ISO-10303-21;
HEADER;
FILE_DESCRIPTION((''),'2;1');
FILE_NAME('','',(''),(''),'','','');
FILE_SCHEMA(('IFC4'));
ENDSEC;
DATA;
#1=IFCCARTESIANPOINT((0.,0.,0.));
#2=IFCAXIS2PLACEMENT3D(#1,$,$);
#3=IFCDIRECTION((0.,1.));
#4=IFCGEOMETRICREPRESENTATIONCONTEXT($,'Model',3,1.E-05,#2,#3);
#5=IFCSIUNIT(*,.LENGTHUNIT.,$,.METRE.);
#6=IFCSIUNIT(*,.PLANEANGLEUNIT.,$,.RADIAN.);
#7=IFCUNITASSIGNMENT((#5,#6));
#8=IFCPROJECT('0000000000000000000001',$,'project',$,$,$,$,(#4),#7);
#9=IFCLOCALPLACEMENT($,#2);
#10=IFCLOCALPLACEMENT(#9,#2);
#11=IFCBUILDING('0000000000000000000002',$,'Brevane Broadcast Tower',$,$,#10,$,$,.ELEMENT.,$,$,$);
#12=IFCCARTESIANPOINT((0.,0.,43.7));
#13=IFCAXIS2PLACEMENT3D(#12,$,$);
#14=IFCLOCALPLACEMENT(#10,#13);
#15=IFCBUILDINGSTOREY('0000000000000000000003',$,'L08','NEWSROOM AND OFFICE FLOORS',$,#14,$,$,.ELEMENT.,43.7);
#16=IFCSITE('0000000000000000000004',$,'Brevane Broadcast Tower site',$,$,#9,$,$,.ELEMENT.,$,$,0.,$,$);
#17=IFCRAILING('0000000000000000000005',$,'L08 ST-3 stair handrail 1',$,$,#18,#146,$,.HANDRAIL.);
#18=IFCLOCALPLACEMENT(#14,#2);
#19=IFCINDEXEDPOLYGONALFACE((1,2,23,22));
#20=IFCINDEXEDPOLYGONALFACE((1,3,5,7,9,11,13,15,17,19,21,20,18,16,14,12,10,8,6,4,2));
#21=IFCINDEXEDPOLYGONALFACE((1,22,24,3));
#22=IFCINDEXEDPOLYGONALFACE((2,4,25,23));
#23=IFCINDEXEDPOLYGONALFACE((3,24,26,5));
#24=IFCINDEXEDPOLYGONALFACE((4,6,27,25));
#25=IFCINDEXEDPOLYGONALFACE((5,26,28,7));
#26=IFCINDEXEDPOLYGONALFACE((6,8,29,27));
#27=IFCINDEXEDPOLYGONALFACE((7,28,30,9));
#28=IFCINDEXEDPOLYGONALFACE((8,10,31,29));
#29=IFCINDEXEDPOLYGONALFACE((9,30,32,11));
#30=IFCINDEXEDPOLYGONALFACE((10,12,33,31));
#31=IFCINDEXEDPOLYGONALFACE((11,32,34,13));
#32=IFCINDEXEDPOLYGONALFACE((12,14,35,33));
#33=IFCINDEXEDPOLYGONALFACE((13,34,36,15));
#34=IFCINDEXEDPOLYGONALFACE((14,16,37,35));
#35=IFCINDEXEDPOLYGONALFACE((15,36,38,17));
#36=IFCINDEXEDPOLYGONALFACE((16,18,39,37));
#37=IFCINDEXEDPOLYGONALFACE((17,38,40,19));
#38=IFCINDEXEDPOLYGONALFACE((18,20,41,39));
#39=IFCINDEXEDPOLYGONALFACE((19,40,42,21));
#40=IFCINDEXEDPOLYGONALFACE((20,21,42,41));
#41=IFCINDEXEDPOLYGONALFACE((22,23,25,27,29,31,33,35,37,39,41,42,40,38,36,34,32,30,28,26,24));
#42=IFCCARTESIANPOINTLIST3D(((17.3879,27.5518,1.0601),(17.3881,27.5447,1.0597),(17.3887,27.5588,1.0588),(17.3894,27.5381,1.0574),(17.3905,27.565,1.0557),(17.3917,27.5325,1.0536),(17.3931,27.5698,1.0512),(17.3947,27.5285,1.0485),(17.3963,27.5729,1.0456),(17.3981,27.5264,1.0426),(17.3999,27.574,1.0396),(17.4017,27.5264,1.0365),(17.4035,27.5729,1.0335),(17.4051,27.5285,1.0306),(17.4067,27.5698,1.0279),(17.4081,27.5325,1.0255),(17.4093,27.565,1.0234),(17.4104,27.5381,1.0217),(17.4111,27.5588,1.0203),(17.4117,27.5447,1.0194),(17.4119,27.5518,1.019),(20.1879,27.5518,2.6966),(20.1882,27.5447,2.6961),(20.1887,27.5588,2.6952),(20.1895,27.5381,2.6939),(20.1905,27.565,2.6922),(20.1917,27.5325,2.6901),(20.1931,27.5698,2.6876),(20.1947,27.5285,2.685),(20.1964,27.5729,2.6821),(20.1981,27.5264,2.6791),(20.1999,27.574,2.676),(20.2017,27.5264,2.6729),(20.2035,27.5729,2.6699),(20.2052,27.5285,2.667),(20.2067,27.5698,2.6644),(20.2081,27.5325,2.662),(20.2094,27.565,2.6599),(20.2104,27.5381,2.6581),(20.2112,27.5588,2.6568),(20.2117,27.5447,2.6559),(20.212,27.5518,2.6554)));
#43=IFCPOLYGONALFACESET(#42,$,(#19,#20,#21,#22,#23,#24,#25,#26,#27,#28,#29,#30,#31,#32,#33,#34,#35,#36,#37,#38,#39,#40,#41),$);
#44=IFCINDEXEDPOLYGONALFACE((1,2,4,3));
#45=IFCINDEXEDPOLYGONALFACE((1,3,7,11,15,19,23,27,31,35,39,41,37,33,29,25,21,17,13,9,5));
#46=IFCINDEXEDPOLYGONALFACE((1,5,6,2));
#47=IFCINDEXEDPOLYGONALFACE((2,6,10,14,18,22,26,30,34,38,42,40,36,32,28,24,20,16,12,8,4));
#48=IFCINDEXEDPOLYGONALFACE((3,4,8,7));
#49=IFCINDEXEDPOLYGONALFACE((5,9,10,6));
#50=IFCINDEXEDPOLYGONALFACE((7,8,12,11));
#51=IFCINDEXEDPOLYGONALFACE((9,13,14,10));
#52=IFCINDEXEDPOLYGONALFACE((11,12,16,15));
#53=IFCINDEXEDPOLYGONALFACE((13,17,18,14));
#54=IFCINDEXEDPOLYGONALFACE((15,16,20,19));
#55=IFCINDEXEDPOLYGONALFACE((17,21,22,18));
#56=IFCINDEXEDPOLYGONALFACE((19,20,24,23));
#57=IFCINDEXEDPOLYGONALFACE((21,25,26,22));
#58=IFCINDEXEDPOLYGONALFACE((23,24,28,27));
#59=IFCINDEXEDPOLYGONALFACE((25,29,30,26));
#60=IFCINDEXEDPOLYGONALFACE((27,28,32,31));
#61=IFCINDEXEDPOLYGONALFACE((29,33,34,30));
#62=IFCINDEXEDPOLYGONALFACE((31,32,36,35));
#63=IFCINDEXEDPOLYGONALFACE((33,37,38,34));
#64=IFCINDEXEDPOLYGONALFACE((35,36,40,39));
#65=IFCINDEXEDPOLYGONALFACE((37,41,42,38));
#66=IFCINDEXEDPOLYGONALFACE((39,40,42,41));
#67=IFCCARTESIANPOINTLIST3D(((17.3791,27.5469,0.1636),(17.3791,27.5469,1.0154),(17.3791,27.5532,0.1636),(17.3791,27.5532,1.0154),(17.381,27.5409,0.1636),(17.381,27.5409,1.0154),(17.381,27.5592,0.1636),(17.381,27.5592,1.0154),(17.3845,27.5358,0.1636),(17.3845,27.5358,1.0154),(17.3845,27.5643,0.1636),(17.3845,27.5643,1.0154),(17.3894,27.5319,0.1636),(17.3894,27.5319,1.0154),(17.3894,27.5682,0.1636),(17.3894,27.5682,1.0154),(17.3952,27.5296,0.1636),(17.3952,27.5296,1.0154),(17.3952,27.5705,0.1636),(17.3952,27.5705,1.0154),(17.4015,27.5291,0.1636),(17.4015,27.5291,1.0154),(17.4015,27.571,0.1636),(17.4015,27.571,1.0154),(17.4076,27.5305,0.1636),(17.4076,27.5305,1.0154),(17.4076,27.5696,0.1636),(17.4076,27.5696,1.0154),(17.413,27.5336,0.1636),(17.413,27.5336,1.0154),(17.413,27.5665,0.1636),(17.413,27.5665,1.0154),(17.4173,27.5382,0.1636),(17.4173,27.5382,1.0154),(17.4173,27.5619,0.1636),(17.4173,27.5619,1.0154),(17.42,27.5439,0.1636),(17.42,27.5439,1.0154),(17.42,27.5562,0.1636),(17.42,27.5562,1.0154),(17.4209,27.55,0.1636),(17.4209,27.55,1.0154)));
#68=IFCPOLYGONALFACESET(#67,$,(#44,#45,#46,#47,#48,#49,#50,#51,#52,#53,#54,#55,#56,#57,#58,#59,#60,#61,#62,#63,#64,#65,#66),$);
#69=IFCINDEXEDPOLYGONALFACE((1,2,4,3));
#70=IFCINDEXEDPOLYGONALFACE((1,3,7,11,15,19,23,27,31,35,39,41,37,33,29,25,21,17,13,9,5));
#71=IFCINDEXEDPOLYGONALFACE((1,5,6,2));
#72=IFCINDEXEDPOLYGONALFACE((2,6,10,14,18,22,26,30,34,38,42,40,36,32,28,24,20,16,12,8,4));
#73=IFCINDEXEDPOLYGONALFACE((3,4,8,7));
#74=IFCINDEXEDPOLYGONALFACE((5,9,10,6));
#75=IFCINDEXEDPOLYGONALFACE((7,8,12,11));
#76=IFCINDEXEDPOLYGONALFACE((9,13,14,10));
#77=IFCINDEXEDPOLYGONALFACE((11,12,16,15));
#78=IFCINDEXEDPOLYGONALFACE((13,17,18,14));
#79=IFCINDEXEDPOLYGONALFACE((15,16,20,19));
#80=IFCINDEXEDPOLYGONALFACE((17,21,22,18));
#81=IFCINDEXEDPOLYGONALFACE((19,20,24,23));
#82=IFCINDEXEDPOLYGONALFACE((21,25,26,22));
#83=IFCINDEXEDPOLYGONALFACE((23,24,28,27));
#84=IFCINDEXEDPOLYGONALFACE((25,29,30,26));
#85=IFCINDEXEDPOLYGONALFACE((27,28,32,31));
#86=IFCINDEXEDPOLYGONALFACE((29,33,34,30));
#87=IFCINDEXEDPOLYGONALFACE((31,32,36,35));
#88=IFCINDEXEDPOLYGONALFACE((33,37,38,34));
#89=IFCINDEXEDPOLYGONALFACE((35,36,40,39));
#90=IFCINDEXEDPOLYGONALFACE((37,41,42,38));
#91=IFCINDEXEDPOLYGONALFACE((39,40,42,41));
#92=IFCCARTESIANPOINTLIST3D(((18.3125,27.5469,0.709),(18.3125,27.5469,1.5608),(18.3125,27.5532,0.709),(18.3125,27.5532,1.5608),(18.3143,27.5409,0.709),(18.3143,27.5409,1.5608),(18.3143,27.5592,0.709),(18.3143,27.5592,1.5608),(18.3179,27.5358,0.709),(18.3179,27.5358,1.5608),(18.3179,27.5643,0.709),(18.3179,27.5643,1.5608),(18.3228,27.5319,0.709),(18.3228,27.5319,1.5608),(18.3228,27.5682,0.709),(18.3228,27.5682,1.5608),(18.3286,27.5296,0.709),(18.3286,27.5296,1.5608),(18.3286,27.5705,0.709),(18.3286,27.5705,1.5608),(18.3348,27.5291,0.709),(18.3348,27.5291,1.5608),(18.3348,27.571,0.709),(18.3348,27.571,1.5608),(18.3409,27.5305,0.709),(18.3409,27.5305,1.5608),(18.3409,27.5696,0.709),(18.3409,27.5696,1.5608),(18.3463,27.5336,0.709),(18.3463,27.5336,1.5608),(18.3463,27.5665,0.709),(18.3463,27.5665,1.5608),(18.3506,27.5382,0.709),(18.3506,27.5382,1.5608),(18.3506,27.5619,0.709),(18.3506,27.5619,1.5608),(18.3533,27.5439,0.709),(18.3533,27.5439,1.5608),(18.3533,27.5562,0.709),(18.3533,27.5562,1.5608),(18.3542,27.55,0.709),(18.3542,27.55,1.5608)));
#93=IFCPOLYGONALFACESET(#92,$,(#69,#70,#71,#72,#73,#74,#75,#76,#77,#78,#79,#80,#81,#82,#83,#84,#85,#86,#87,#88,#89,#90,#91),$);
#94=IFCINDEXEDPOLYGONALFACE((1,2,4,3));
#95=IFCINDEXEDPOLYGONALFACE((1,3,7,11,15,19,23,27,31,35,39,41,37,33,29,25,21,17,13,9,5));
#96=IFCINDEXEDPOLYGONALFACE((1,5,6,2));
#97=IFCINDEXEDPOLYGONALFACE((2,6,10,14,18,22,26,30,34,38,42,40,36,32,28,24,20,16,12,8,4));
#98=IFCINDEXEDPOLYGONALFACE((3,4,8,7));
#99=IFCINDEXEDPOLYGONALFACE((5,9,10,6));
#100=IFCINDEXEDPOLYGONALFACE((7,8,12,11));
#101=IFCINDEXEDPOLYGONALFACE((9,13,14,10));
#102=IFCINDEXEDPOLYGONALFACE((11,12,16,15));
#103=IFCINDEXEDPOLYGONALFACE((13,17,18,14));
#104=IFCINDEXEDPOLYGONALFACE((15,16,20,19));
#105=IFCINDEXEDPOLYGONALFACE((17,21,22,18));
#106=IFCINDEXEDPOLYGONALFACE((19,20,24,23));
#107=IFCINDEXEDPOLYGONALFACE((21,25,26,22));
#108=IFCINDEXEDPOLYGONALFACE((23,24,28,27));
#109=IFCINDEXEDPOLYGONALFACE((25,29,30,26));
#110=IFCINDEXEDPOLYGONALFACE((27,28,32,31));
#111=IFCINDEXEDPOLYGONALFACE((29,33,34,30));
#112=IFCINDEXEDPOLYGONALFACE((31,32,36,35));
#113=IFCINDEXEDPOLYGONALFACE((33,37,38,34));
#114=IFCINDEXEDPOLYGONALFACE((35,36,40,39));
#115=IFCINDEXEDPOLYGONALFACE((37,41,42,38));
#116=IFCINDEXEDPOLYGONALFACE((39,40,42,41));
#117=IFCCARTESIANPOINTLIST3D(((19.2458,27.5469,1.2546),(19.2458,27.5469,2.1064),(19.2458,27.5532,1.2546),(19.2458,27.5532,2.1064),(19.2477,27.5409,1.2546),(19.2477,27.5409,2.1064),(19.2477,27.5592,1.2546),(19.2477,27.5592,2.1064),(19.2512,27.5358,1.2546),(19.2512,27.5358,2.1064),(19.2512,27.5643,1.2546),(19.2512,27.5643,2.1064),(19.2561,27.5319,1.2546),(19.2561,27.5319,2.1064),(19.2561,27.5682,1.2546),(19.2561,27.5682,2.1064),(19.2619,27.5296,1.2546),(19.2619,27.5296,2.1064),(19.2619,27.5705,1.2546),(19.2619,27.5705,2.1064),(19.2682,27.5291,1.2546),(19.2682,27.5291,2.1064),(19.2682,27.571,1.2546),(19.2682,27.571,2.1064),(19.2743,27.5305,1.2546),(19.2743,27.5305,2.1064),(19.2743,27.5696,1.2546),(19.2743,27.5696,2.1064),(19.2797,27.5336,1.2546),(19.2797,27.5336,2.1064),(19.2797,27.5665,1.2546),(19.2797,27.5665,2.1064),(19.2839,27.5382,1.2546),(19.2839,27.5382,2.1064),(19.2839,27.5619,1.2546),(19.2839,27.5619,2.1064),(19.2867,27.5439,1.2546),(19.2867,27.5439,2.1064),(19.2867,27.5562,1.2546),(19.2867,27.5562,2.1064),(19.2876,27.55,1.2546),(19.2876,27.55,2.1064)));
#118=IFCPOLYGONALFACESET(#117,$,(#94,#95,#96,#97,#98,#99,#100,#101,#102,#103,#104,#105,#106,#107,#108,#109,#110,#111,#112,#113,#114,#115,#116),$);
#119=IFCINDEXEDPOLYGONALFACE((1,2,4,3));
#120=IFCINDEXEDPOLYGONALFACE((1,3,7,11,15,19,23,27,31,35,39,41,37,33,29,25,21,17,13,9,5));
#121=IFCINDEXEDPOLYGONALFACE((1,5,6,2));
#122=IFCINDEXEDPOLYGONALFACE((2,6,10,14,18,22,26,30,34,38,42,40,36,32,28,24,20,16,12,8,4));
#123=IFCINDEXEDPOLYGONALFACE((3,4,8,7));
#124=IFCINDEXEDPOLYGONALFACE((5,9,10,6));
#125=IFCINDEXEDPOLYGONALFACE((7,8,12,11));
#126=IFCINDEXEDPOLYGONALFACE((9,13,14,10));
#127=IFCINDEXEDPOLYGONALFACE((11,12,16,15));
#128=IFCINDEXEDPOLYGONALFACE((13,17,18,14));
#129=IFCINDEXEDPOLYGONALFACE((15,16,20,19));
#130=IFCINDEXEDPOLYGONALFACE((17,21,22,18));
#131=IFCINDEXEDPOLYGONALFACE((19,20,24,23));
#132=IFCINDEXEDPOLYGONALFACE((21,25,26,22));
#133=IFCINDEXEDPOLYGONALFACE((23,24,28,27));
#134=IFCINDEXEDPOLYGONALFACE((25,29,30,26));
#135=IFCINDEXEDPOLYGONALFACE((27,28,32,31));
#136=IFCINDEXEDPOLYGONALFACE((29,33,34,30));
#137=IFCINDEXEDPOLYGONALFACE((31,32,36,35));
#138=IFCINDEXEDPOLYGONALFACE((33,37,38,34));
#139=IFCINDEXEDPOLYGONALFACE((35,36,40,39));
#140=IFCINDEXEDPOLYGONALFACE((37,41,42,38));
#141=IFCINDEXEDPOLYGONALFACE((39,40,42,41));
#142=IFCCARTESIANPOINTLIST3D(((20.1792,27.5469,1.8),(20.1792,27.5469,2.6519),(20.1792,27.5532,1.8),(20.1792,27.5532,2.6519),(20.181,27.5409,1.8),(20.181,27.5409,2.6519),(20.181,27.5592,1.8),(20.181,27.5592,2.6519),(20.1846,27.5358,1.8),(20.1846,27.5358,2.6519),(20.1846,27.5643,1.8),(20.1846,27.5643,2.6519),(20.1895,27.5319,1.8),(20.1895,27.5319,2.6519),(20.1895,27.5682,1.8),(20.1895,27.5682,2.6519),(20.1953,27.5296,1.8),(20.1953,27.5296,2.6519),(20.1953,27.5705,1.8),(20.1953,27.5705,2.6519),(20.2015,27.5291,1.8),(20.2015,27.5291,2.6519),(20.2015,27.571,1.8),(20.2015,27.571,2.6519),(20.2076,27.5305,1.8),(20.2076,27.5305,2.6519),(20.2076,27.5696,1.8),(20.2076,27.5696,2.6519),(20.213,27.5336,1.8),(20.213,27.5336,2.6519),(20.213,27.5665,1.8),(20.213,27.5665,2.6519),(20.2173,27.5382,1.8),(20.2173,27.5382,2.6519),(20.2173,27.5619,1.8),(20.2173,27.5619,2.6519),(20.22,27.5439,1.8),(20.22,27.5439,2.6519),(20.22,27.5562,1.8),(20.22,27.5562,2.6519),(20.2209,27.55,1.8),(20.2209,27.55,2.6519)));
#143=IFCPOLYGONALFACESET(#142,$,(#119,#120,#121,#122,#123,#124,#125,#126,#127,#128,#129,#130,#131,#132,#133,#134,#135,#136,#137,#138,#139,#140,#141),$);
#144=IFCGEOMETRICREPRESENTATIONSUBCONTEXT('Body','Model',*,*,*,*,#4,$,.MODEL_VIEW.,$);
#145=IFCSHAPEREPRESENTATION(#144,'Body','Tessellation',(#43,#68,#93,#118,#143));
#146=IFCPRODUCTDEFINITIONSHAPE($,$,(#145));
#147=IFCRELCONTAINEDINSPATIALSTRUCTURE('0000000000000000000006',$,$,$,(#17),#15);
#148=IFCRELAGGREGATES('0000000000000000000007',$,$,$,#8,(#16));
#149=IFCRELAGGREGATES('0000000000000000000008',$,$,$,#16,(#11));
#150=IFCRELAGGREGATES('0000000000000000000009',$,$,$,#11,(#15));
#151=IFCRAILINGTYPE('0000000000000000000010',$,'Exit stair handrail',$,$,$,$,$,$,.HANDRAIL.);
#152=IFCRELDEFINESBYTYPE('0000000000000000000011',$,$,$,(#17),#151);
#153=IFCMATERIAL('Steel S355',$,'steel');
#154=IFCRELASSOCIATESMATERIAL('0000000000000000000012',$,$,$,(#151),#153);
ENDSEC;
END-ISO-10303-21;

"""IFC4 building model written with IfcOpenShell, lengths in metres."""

from ifc_helpers import new_model, si_unit, direction, frame, origin, origin_2d, place, context, subcontext, project, spatial, circle, extrude, material, type_object, element, save


model = new_model("IFC4")

# Units and contexts
model_context = context("Model", 3, precision=1e-05, world=origin(), true_north=direction((0.0, 1.0)))
body_context = subcontext(model_context, "Body", "Model", "MODEL_VIEW")
ifc_project = project(units=[si_unit("LENGTHUNIT", "METRE"), si_unit("PLANEANGLEUNIT", "RADIAN")], contexts=[model_context])

# Site, building, storey
site_placement = place(None, origin())
site = spatial("IfcSite", under=ifc_project, at=site_placement, Name="Brevane Broadcast Tower site", CompositionType="ELEMENT", RefElevation=0.0)
building_placement = place(site_placement, origin())
building = spatial("IfcBuilding", under=site, at=building_placement, Name="Brevane Broadcast Tower", CompositionType="ELEMENT")
storey_placement = place(building_placement, frame((0.0, 0.0, 43.7)))
storey = spatial("IfcBuildingStorey", under=building, at=storey_placement, Name="L08", Description="NEWSROOM AND OFFICE FLOORS", CompositionType="ELEMENT", Elevation=43.7)

# Railing
ifc_material_1 = material(Name="Steel S355", Category="steel")
railing_type_1 = type_object("IfcRailingType", Name="Exit stair handrail", PredefinedType="HANDRAIL", material=ifc_material_1)
railing_1_placement = place(storey_placement, frame((17.3999, 27.55, 0.1636)))
element("IfcRailing", 1, at=railing_1_placement, inside=storey, type_object=railing_type_1, Name="L08 ST-3 stair handrail 1", PredefinedType="HANDRAIL", context=body_context, shape_type="SweptSolid", body=[
    extrude(circle(Radius=0.0239, at=origin_2d()), frame((0.0, 0.0, 0.876), z_axis=(0.863361, 0.0, 0.504587), x_axis=(0.0, 1.0, 0.0)), (0.0, 0.0, 1.0), 3.2432),
    extrude(circle(Radius=0.021, at=origin_2d()), origin(), (0.0, 0.0, 1.0), 0.8518),
    extrude(circle(Radius=0.021, at=origin_2d()), frame((0.9333, 0.0, 0.5454)), (0.0, 0.0, 1.0), 0.8518),
    extrude(circle(Radius=0.021, at=origin_2d()), frame((1.8667, 0.0, 1.0911)), (0.0, 0.0, 1.0), 0.8518),
    extrude(circle(Radius=0.021, at=origin_2d()), frame((2.8, 0.0, 1.6365)), (0.0, 0.0, 1.0), 0.8518),
])

save(model, "model.ifc")
